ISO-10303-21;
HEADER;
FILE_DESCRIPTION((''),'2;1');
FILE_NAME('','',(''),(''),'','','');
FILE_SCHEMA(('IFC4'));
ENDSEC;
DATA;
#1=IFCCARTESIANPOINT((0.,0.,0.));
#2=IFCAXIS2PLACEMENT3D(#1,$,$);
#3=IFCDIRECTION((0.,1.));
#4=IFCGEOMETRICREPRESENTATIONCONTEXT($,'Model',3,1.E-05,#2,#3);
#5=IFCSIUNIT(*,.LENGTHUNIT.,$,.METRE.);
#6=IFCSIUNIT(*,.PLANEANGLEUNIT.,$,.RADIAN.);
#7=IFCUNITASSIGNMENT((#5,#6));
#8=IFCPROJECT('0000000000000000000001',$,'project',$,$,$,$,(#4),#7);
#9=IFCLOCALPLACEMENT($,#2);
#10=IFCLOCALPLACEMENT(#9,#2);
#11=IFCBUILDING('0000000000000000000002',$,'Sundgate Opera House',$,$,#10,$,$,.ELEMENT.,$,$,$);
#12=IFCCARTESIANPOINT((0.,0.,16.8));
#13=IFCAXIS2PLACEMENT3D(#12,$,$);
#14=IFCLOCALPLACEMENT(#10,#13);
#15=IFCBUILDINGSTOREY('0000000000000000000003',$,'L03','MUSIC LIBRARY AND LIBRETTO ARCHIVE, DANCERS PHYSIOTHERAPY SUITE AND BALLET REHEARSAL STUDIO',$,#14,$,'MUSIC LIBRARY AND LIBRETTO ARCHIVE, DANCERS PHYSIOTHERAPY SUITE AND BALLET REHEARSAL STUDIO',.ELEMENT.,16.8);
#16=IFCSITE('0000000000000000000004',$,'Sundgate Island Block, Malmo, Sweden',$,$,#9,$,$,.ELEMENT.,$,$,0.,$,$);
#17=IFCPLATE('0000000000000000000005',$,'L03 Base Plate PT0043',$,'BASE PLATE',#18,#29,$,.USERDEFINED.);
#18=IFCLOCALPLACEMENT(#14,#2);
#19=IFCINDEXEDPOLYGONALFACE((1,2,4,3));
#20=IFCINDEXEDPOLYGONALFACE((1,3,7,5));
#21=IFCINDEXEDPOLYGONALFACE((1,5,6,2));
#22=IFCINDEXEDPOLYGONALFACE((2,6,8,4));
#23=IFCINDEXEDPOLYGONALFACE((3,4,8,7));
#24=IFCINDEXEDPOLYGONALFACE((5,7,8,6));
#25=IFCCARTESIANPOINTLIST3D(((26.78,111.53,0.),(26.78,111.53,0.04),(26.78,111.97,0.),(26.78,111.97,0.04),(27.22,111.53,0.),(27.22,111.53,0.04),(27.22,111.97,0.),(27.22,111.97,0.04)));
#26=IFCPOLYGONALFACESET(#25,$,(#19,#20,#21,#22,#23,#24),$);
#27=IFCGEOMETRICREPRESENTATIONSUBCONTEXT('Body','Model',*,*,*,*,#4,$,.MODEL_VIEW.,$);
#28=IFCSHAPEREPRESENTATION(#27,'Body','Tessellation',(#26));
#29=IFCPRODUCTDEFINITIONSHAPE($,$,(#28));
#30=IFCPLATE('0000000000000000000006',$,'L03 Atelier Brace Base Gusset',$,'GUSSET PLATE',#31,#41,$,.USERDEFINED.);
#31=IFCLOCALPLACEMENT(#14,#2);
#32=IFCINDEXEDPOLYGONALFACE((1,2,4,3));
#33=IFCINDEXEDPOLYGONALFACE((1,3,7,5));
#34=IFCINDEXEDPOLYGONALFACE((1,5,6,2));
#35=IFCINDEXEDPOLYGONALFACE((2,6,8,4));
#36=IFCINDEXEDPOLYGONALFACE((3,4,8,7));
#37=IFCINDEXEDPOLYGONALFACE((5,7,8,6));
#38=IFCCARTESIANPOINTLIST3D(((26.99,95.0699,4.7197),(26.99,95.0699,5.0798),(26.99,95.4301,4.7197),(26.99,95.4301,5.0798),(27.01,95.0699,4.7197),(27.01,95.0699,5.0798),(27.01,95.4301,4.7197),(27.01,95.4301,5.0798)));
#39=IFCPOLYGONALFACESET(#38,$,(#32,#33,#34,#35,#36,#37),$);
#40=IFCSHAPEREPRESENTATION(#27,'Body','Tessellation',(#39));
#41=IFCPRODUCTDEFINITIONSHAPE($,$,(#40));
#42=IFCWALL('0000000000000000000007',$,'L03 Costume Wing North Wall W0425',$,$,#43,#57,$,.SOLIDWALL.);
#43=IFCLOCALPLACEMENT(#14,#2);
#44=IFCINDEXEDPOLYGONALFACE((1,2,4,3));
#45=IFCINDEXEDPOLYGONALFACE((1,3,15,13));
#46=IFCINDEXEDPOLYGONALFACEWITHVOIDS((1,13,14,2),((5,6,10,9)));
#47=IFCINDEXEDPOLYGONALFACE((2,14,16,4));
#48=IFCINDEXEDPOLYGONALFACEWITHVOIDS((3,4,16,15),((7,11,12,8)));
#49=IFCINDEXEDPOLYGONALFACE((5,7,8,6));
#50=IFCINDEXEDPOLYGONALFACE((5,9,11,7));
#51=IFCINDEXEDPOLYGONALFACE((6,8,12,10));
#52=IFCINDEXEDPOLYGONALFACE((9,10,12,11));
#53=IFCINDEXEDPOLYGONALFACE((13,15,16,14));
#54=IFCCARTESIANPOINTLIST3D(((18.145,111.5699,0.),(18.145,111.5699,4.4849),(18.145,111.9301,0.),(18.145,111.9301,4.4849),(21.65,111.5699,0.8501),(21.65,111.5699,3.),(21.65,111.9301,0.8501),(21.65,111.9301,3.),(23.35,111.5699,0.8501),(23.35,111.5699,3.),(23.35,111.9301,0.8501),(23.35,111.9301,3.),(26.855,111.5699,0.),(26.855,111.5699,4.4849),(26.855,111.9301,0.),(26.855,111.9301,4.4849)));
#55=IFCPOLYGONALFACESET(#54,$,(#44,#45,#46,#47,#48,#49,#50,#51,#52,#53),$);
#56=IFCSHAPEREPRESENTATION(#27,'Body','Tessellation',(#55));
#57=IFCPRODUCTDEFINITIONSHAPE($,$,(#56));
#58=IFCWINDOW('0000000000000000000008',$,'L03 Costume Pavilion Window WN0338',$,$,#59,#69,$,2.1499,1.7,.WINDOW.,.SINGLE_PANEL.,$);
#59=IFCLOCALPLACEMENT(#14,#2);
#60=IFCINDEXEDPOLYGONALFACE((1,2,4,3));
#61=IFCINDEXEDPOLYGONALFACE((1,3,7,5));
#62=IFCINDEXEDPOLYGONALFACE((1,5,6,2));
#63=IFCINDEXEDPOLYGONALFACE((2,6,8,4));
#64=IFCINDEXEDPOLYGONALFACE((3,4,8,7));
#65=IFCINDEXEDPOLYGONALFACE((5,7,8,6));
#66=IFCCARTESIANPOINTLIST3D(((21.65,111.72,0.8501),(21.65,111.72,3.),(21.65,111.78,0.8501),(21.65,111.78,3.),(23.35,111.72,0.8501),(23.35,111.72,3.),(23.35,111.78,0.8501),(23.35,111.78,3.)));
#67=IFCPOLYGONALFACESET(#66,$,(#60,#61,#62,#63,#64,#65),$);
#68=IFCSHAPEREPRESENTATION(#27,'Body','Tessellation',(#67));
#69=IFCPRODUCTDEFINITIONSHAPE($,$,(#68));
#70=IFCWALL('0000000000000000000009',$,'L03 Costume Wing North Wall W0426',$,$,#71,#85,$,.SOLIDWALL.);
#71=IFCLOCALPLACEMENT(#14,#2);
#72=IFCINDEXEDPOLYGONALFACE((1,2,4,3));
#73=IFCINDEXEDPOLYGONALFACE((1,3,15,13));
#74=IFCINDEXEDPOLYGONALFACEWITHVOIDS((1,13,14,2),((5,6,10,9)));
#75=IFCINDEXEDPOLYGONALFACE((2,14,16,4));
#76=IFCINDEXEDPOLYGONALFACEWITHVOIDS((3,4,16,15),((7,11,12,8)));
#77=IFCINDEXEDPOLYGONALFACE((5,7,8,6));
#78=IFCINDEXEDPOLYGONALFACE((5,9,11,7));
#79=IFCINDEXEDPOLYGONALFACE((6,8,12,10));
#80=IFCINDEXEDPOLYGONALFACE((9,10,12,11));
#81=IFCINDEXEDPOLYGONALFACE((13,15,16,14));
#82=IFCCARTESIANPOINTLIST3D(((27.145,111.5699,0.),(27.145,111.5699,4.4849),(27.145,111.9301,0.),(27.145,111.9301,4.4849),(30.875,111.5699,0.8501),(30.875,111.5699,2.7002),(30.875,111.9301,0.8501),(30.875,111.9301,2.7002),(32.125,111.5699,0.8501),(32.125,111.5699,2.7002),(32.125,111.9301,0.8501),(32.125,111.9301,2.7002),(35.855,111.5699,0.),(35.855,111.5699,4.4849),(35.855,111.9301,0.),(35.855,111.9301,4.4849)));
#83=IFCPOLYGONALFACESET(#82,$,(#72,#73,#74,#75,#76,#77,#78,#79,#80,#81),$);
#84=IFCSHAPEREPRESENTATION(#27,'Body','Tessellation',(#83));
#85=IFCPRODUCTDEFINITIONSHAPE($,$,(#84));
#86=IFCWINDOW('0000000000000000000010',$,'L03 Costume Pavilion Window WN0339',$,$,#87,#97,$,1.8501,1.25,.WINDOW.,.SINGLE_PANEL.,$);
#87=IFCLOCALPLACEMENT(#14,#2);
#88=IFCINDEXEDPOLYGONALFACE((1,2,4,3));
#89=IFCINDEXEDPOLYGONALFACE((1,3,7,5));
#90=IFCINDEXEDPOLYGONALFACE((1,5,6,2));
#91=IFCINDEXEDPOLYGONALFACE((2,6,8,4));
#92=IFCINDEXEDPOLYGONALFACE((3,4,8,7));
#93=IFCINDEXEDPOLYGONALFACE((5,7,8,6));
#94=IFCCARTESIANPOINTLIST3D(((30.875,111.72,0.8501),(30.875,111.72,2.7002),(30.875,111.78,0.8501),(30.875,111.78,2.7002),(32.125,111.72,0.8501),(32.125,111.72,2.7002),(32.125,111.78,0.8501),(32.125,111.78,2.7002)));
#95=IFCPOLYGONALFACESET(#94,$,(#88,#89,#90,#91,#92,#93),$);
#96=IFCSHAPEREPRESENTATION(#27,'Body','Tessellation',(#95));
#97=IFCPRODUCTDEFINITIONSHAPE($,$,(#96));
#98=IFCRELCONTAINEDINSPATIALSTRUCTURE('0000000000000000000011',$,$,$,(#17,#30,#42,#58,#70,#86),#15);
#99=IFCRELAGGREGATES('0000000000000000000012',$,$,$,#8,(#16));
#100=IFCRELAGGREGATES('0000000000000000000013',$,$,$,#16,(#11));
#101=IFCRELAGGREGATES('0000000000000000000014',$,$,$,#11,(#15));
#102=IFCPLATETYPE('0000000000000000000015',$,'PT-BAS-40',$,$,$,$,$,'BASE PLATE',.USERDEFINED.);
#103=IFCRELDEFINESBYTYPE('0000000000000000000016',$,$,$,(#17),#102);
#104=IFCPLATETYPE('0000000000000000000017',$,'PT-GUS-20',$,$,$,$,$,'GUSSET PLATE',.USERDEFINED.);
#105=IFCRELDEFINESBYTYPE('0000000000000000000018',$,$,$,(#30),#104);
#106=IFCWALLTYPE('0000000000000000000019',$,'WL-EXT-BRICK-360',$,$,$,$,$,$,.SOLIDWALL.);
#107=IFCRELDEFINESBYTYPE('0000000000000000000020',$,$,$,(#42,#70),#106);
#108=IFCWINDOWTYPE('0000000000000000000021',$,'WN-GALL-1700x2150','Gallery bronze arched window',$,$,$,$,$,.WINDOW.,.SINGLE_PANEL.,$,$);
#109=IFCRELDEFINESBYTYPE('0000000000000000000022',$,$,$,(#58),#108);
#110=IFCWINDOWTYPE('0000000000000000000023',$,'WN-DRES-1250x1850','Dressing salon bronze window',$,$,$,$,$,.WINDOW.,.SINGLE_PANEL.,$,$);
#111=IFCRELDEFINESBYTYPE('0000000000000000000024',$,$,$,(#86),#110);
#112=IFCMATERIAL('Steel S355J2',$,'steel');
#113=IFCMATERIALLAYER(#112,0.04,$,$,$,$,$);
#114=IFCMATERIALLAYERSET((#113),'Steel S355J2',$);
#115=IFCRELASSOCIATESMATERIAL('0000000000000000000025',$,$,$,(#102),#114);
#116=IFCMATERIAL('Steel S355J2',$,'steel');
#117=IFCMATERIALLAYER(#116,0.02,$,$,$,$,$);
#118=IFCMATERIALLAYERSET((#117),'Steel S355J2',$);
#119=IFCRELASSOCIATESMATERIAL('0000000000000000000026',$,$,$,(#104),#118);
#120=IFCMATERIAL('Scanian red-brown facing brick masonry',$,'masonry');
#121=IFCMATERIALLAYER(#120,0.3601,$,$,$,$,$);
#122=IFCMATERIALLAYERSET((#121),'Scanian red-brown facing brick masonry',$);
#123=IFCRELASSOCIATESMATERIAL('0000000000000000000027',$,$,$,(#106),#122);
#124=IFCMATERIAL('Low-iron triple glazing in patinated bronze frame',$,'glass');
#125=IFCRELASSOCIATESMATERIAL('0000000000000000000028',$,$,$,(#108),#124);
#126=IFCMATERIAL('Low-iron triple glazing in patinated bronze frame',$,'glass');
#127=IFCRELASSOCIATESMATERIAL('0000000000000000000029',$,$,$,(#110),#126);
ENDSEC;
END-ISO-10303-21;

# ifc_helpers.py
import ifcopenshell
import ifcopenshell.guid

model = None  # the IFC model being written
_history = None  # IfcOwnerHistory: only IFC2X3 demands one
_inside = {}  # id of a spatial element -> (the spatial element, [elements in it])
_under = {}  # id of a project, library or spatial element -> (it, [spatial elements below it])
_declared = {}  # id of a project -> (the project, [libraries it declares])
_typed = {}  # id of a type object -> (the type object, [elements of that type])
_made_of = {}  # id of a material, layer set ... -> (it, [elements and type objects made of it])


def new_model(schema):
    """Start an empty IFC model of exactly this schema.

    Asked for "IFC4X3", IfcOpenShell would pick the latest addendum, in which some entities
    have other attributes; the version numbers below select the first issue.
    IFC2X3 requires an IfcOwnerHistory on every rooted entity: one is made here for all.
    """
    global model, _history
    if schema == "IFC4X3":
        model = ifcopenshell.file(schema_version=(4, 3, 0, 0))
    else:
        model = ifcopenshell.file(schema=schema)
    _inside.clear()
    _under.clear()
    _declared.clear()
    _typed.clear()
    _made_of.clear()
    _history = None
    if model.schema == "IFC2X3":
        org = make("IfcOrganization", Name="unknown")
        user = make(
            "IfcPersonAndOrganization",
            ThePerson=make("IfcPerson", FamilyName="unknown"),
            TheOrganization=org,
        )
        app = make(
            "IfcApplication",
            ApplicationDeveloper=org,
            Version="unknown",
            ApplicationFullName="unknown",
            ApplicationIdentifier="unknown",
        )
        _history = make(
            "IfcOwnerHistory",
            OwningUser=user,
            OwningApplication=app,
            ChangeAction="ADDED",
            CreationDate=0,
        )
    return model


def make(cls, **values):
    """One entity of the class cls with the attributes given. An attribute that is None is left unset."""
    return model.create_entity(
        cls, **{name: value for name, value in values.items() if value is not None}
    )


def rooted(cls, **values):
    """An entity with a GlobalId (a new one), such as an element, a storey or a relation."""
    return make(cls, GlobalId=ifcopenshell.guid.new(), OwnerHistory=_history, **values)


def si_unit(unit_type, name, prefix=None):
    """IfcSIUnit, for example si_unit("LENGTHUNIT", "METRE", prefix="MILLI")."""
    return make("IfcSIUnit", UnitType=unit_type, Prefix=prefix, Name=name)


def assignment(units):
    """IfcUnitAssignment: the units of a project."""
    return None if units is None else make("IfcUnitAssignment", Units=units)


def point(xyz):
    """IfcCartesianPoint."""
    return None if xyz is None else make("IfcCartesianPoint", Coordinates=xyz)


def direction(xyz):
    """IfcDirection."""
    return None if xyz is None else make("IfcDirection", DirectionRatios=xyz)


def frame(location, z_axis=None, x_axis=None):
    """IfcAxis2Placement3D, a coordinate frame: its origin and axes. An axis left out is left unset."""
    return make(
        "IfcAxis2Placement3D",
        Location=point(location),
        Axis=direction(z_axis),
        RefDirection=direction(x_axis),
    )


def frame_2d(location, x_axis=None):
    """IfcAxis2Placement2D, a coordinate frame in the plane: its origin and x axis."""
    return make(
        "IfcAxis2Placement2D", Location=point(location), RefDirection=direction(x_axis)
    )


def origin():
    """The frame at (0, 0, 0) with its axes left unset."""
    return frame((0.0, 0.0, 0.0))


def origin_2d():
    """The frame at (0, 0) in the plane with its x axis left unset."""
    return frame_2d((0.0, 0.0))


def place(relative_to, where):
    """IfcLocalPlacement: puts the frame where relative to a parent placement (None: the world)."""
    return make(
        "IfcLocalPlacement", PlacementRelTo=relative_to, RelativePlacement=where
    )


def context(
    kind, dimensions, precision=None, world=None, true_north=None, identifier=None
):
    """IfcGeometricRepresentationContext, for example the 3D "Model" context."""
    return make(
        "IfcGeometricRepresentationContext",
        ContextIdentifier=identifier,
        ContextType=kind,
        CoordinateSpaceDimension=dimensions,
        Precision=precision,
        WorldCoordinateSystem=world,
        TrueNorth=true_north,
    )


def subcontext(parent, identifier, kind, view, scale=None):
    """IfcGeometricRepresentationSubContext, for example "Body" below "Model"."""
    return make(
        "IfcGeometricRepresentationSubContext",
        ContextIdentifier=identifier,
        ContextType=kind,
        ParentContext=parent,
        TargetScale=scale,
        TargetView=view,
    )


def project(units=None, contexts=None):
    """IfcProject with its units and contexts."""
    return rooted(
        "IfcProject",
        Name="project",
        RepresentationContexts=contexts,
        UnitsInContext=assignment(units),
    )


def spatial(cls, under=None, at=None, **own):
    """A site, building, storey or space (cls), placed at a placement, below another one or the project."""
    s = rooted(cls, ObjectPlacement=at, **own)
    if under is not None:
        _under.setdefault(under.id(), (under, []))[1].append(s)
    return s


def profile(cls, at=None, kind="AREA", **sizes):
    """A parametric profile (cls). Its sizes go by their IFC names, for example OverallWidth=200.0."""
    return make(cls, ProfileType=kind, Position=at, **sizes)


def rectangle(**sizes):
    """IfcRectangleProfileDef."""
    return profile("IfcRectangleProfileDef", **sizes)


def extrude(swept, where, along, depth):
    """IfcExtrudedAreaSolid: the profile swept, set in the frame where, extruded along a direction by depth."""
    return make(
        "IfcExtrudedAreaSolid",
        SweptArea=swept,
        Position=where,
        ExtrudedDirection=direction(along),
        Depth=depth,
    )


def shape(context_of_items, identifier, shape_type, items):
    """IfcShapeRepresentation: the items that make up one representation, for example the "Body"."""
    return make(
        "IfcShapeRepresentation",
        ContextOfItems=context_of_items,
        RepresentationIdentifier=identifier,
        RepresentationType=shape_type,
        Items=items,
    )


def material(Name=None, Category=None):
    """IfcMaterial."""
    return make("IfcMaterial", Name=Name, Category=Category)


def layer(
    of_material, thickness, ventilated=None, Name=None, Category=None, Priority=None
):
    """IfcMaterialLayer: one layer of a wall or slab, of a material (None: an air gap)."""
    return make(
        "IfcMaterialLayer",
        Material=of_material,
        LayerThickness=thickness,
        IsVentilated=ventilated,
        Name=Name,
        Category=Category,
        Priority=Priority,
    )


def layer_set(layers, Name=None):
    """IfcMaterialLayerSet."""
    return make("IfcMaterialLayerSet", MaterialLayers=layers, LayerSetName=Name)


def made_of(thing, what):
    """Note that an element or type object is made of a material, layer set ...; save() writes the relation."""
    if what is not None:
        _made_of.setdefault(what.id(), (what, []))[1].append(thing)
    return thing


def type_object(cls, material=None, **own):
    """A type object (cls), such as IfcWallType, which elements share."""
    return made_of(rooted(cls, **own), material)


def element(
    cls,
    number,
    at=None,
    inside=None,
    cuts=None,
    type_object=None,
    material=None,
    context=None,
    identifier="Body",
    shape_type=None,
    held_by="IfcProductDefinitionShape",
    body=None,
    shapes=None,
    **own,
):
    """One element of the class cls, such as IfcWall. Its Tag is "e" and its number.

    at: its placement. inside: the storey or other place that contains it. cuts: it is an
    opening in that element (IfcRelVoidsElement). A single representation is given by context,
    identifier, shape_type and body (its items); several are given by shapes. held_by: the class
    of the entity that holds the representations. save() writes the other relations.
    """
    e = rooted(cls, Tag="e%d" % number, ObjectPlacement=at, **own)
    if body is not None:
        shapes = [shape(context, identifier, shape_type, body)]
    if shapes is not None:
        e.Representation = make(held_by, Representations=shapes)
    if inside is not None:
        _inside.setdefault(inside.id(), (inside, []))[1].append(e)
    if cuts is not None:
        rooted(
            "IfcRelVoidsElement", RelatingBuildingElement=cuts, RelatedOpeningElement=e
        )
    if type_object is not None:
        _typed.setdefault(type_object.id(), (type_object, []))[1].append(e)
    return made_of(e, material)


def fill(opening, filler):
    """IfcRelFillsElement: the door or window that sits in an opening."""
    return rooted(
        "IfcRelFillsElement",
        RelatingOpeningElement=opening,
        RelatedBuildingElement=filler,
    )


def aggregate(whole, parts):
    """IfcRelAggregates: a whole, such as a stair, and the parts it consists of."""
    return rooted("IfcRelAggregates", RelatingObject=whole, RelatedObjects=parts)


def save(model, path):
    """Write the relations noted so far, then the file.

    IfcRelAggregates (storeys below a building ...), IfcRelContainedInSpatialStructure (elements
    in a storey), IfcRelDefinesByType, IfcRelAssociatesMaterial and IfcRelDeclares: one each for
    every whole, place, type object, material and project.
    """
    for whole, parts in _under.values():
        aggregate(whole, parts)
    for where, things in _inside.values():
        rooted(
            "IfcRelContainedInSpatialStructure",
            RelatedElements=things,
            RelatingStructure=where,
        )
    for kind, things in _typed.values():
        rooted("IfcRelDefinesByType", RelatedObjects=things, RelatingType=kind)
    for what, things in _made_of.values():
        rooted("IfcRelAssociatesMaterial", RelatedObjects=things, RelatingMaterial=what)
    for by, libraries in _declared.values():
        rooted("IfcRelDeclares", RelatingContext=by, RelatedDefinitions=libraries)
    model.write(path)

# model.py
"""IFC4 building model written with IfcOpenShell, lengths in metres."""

from ifc_helpers import new_model, si_unit, direction, frame, frame_2d, origin, origin_2d, place, context, subcontext, project, spatial, rectangle, extrude, material, layer, layer_set, type_object, element, fill, save


model = new_model("IFC4")

# Units and contexts
model_context = context("Model", 3, precision=1e-05, world=origin(), true_north=direction((0.0, 1.0)))
body_context = subcontext(model_context, "Body", "Model", "MODEL_VIEW")
ifc_project = project(units=[si_unit("LENGTHUNIT", "METRE"), si_unit("PLANEANGLEUNIT", "RADIAN")], contexts=[model_context])

# Site, building, storey
site_placement = place(None, origin())
site = spatial("IfcSite", under=ifc_project, at=site_placement, Name="Sundgate Island Block, Malmo, Sweden", CompositionType="ELEMENT", RefElevation=0.0)
building_placement = place(site_placement, origin())
building = spatial("IfcBuilding", under=site, at=building_placement, Name="Sundgate Opera House", CompositionType="ELEMENT")
storey_placement = place(building_placement, frame((0.0, 0.0, 16.8)))
storey = spatial("IfcBuildingStorey", under=building, at=storey_placement, Name="L03", Description="MUSIC LIBRARY AND LIBRETTO ARCHIVE, DANCERS PHYSIOTHERAPY SUITE AND BALLET REHEARSAL STUDIO", LongName="MUSIC LIBRARY AND LIBRETTO ARCHIVE, DANCERS PHYSIOTHERAPY SUITE AND BALLET REHEARSAL STUDIO", CompositionType="ELEMENT", Elevation=16.8)

# Plates
ifc_material_1 = material(Name="Steel S355J2", Category="steel")
ifc_layer_1 = layer(ifc_material_1, 0.04)
ifc_layer_set_1 = layer_set([ifc_layer_1], Name="Steel S355J2")
plate_type_1 = type_object("IfcPlateType", Name="PT-BAS-40", ElementType="BASE PLATE", PredefinedType="USERDEFINED", material=ifc_layer_set_1)
plate_1_placement = place(storey_placement, frame((27.0, 111.75, 0.0), z_axis=(0.0, 0.0, 1.0), x_axis=(1.0, 0.0, 0.0)))
element("IfcPlate", 1, at=plate_1_placement, inside=storey, type_object=plate_type_1, Name="L03 Base Plate PT0043", ObjectType="BASE PLATE", PredefinedType="USERDEFINED", context=body_context, shape_type="SweptSolid", body=[
    extrude(rectangle(XDim=0.4399, YDim=0.4399, at=origin_2d()), origin(), (0.0, 0.0, 1.0), 0.04),
])
ifc_material_2 = material(Name="Steel S355J2", Category="steel")
ifc_layer_2 = layer(ifc_material_2, 0.02)
ifc_layer_set_2 = layer_set([ifc_layer_2], Name="Steel S355J2")
plate_type_2 = type_object("IfcPlateType", Name="PT-GUS-20", ElementType="GUSSET PLATE", PredefinedType="USERDEFINED", material=ifc_layer_set_2)
plate_2_placement = place(storey_placement, frame((27.0, 95.25, 4.7197), z_axis=(0.0, 0.0, 1.0), x_axis=(1.0, 0.0, 0.0)))
element("IfcPlate", 2, at=plate_2_placement, inside=storey, type_object=plate_type_2, Name="L03 Atelier Brace Base Gusset", ObjectType="GUSSET PLATE", PredefinedType="USERDEFINED", context=body_context, shape_type="SweptSolid", body=[
    extrude(rectangle(XDim=0.02, YDim=0.3601, at=origin_2d()), origin(), (0.0, 0.0, 1.0), 0.3601),
])

# Walls, openings, windows
ifc_material_3 = material(Name="Scanian red-brown facing brick masonry", Category="masonry")
ifc_layer_3 = layer(ifc_material_3, 0.3601)
ifc_layer_set_3 = layer_set([ifc_layer_3], Name="Scanian red-brown facing brick masonry")
wall_type = type_object("IfcWallType", Name="WL-EXT-BRICK-360", PredefinedType="SOLIDWALL", material=ifc_layer_set_3)
wall_1_placement = place(storey_placement, frame((18.145, 111.75, 0.0), z_axis=(0.0, 0.0, 1.0), x_axis=(1.0, 0.0, 0.0)))
wall_1 = element("IfcWall", 3, at=wall_1_placement, inside=storey, type_object=wall_type, Name="L03 Costume Wing North Wall W0425", PredefinedType="SOLIDWALL", context=body_context, shape_type="SweptSolid", body=[
    extrude(rectangle(XDim=8.71, YDim=0.3601, at=frame_2d((4.355, 0.0))), origin(), (0.0, 0.0, 1.0), 4.4849),
])
opening_1_placement = place(wall_1_placement, frame((3.5049, 0.0, 0.8501)))
opening_1 = element("IfcOpeningElement", 4, at=opening_1_placement, cuts=wall_1, PredefinedType="OPENING", context=body_context, shape_type="SweptSolid", body=[
    extrude(rectangle(XDim=1.7, YDim=2.1499, at=frame_2d((0.8501, 1.075))), frame((0.0, 0.1899, 0.0), z_axis=(0.0, -1.0, 0.0), x_axis=(1.0, 0.0, 0.0)), (0.0, 0.0, 1.0), 0.3801),
])
ifc_material_4 = material(Name="Low-iron triple glazing in patinated bronze frame", Category="glass")
window_type_1 = type_object("IfcWindowType", Name="WN-GALL-1700x2150", Description="Gallery bronze arched window", PartitioningType="SINGLE_PANEL", PredefinedType="WINDOW", material=ifc_material_4)
window_1_placement = place(opening_1_placement, origin())
window_1 = element("IfcWindow", 5, at=window_1_placement, inside=storey, type_object=window_type_1, Name="L03 Costume Pavilion Window WN0338", OverallHeight=2.1499, OverallWidth=1.7, PartitioningType="SINGLE_PANEL", PredefinedType="WINDOW", context=body_context, shape_type="SweptSolid", body=[
    extrude(rectangle(XDim=1.7, YDim=2.1499, at=frame_2d((0.8501, 1.075))), frame((0.0, 0.03, 0.0), z_axis=(0.0, -1.0, 0.0), x_axis=(1.0, 0.0, 0.0)), (0.0, 0.0, 1.0), 0.0601),
])
fill(opening_1, window_1)
wall_2_placement = place(storey_placement, frame((27.145, 111.75, 0.0), z_axis=(0.0, 0.0, 1.0), x_axis=(1.0, 0.0, 0.0)))
wall_2 = element("IfcWall", 6, at=wall_2_placement, inside=storey, type_object=wall_type, Name="L03 Costume Wing North Wall W0426", PredefinedType="SOLIDWALL", context=body_context, shape_type="SweptSolid", body=[
    extrude(rectangle(XDim=8.71, YDim=0.3601, at=frame_2d((4.355, 0.0))), origin(), (0.0, 0.0, 1.0), 4.4849),
])
opening_2_placement = place(wall_2_placement, frame((3.73, 0.0, 0.8501)))
opening_2 = element("IfcOpeningElement", 7, at=opening_2_placement, cuts=wall_2, PredefinedType="OPENING", context=body_context, shape_type="SweptSolid", body=[
    extrude(rectangle(XDim=1.25, YDim=1.8501, at=frame_2d((0.625, 0.925))), frame((0.0, 0.1899, 0.0), z_axis=(0.0, -1.0, 0.0), x_axis=(1.0, 0.0, 0.0)), (0.0, 0.0, 1.0), 0.3801),
])
ifc_material_5 = material(Name="Low-iron triple glazing in patinated bronze frame", Category="glass")
window_type_2 = type_object("IfcWindowType", Name="WN-DRES-1250x1850", Description="Dressing salon bronze window", PartitioningType="SINGLE_PANEL", PredefinedType="WINDOW", material=ifc_material_5)
window_2_placement = place(opening_2_placement, origin())
window_2 = element("IfcWindow", 8, at=window_2_placement, inside=storey, type_object=window_type_2, Name="L03 Costume Pavilion Window WN0339", OverallHeight=1.8501, OverallWidth=1.25, PartitioningType="SINGLE_PANEL", PredefinedType="WINDOW", context=body_context, shape_type="SweptSolid", body=[
    extrude(rectangle(XDim=1.25, YDim=1.8501, at=frame_2d((0.625, 0.925))), frame((0.0, 0.03, 0.0), z_axis=(0.0, -1.0, 0.0), x_axis=(1.0, 0.0, 0.0)), (0.0, 0.0, 1.0), 0.0601),
])
fill(opening_2, window_2)

save(model, "model.ifc")
